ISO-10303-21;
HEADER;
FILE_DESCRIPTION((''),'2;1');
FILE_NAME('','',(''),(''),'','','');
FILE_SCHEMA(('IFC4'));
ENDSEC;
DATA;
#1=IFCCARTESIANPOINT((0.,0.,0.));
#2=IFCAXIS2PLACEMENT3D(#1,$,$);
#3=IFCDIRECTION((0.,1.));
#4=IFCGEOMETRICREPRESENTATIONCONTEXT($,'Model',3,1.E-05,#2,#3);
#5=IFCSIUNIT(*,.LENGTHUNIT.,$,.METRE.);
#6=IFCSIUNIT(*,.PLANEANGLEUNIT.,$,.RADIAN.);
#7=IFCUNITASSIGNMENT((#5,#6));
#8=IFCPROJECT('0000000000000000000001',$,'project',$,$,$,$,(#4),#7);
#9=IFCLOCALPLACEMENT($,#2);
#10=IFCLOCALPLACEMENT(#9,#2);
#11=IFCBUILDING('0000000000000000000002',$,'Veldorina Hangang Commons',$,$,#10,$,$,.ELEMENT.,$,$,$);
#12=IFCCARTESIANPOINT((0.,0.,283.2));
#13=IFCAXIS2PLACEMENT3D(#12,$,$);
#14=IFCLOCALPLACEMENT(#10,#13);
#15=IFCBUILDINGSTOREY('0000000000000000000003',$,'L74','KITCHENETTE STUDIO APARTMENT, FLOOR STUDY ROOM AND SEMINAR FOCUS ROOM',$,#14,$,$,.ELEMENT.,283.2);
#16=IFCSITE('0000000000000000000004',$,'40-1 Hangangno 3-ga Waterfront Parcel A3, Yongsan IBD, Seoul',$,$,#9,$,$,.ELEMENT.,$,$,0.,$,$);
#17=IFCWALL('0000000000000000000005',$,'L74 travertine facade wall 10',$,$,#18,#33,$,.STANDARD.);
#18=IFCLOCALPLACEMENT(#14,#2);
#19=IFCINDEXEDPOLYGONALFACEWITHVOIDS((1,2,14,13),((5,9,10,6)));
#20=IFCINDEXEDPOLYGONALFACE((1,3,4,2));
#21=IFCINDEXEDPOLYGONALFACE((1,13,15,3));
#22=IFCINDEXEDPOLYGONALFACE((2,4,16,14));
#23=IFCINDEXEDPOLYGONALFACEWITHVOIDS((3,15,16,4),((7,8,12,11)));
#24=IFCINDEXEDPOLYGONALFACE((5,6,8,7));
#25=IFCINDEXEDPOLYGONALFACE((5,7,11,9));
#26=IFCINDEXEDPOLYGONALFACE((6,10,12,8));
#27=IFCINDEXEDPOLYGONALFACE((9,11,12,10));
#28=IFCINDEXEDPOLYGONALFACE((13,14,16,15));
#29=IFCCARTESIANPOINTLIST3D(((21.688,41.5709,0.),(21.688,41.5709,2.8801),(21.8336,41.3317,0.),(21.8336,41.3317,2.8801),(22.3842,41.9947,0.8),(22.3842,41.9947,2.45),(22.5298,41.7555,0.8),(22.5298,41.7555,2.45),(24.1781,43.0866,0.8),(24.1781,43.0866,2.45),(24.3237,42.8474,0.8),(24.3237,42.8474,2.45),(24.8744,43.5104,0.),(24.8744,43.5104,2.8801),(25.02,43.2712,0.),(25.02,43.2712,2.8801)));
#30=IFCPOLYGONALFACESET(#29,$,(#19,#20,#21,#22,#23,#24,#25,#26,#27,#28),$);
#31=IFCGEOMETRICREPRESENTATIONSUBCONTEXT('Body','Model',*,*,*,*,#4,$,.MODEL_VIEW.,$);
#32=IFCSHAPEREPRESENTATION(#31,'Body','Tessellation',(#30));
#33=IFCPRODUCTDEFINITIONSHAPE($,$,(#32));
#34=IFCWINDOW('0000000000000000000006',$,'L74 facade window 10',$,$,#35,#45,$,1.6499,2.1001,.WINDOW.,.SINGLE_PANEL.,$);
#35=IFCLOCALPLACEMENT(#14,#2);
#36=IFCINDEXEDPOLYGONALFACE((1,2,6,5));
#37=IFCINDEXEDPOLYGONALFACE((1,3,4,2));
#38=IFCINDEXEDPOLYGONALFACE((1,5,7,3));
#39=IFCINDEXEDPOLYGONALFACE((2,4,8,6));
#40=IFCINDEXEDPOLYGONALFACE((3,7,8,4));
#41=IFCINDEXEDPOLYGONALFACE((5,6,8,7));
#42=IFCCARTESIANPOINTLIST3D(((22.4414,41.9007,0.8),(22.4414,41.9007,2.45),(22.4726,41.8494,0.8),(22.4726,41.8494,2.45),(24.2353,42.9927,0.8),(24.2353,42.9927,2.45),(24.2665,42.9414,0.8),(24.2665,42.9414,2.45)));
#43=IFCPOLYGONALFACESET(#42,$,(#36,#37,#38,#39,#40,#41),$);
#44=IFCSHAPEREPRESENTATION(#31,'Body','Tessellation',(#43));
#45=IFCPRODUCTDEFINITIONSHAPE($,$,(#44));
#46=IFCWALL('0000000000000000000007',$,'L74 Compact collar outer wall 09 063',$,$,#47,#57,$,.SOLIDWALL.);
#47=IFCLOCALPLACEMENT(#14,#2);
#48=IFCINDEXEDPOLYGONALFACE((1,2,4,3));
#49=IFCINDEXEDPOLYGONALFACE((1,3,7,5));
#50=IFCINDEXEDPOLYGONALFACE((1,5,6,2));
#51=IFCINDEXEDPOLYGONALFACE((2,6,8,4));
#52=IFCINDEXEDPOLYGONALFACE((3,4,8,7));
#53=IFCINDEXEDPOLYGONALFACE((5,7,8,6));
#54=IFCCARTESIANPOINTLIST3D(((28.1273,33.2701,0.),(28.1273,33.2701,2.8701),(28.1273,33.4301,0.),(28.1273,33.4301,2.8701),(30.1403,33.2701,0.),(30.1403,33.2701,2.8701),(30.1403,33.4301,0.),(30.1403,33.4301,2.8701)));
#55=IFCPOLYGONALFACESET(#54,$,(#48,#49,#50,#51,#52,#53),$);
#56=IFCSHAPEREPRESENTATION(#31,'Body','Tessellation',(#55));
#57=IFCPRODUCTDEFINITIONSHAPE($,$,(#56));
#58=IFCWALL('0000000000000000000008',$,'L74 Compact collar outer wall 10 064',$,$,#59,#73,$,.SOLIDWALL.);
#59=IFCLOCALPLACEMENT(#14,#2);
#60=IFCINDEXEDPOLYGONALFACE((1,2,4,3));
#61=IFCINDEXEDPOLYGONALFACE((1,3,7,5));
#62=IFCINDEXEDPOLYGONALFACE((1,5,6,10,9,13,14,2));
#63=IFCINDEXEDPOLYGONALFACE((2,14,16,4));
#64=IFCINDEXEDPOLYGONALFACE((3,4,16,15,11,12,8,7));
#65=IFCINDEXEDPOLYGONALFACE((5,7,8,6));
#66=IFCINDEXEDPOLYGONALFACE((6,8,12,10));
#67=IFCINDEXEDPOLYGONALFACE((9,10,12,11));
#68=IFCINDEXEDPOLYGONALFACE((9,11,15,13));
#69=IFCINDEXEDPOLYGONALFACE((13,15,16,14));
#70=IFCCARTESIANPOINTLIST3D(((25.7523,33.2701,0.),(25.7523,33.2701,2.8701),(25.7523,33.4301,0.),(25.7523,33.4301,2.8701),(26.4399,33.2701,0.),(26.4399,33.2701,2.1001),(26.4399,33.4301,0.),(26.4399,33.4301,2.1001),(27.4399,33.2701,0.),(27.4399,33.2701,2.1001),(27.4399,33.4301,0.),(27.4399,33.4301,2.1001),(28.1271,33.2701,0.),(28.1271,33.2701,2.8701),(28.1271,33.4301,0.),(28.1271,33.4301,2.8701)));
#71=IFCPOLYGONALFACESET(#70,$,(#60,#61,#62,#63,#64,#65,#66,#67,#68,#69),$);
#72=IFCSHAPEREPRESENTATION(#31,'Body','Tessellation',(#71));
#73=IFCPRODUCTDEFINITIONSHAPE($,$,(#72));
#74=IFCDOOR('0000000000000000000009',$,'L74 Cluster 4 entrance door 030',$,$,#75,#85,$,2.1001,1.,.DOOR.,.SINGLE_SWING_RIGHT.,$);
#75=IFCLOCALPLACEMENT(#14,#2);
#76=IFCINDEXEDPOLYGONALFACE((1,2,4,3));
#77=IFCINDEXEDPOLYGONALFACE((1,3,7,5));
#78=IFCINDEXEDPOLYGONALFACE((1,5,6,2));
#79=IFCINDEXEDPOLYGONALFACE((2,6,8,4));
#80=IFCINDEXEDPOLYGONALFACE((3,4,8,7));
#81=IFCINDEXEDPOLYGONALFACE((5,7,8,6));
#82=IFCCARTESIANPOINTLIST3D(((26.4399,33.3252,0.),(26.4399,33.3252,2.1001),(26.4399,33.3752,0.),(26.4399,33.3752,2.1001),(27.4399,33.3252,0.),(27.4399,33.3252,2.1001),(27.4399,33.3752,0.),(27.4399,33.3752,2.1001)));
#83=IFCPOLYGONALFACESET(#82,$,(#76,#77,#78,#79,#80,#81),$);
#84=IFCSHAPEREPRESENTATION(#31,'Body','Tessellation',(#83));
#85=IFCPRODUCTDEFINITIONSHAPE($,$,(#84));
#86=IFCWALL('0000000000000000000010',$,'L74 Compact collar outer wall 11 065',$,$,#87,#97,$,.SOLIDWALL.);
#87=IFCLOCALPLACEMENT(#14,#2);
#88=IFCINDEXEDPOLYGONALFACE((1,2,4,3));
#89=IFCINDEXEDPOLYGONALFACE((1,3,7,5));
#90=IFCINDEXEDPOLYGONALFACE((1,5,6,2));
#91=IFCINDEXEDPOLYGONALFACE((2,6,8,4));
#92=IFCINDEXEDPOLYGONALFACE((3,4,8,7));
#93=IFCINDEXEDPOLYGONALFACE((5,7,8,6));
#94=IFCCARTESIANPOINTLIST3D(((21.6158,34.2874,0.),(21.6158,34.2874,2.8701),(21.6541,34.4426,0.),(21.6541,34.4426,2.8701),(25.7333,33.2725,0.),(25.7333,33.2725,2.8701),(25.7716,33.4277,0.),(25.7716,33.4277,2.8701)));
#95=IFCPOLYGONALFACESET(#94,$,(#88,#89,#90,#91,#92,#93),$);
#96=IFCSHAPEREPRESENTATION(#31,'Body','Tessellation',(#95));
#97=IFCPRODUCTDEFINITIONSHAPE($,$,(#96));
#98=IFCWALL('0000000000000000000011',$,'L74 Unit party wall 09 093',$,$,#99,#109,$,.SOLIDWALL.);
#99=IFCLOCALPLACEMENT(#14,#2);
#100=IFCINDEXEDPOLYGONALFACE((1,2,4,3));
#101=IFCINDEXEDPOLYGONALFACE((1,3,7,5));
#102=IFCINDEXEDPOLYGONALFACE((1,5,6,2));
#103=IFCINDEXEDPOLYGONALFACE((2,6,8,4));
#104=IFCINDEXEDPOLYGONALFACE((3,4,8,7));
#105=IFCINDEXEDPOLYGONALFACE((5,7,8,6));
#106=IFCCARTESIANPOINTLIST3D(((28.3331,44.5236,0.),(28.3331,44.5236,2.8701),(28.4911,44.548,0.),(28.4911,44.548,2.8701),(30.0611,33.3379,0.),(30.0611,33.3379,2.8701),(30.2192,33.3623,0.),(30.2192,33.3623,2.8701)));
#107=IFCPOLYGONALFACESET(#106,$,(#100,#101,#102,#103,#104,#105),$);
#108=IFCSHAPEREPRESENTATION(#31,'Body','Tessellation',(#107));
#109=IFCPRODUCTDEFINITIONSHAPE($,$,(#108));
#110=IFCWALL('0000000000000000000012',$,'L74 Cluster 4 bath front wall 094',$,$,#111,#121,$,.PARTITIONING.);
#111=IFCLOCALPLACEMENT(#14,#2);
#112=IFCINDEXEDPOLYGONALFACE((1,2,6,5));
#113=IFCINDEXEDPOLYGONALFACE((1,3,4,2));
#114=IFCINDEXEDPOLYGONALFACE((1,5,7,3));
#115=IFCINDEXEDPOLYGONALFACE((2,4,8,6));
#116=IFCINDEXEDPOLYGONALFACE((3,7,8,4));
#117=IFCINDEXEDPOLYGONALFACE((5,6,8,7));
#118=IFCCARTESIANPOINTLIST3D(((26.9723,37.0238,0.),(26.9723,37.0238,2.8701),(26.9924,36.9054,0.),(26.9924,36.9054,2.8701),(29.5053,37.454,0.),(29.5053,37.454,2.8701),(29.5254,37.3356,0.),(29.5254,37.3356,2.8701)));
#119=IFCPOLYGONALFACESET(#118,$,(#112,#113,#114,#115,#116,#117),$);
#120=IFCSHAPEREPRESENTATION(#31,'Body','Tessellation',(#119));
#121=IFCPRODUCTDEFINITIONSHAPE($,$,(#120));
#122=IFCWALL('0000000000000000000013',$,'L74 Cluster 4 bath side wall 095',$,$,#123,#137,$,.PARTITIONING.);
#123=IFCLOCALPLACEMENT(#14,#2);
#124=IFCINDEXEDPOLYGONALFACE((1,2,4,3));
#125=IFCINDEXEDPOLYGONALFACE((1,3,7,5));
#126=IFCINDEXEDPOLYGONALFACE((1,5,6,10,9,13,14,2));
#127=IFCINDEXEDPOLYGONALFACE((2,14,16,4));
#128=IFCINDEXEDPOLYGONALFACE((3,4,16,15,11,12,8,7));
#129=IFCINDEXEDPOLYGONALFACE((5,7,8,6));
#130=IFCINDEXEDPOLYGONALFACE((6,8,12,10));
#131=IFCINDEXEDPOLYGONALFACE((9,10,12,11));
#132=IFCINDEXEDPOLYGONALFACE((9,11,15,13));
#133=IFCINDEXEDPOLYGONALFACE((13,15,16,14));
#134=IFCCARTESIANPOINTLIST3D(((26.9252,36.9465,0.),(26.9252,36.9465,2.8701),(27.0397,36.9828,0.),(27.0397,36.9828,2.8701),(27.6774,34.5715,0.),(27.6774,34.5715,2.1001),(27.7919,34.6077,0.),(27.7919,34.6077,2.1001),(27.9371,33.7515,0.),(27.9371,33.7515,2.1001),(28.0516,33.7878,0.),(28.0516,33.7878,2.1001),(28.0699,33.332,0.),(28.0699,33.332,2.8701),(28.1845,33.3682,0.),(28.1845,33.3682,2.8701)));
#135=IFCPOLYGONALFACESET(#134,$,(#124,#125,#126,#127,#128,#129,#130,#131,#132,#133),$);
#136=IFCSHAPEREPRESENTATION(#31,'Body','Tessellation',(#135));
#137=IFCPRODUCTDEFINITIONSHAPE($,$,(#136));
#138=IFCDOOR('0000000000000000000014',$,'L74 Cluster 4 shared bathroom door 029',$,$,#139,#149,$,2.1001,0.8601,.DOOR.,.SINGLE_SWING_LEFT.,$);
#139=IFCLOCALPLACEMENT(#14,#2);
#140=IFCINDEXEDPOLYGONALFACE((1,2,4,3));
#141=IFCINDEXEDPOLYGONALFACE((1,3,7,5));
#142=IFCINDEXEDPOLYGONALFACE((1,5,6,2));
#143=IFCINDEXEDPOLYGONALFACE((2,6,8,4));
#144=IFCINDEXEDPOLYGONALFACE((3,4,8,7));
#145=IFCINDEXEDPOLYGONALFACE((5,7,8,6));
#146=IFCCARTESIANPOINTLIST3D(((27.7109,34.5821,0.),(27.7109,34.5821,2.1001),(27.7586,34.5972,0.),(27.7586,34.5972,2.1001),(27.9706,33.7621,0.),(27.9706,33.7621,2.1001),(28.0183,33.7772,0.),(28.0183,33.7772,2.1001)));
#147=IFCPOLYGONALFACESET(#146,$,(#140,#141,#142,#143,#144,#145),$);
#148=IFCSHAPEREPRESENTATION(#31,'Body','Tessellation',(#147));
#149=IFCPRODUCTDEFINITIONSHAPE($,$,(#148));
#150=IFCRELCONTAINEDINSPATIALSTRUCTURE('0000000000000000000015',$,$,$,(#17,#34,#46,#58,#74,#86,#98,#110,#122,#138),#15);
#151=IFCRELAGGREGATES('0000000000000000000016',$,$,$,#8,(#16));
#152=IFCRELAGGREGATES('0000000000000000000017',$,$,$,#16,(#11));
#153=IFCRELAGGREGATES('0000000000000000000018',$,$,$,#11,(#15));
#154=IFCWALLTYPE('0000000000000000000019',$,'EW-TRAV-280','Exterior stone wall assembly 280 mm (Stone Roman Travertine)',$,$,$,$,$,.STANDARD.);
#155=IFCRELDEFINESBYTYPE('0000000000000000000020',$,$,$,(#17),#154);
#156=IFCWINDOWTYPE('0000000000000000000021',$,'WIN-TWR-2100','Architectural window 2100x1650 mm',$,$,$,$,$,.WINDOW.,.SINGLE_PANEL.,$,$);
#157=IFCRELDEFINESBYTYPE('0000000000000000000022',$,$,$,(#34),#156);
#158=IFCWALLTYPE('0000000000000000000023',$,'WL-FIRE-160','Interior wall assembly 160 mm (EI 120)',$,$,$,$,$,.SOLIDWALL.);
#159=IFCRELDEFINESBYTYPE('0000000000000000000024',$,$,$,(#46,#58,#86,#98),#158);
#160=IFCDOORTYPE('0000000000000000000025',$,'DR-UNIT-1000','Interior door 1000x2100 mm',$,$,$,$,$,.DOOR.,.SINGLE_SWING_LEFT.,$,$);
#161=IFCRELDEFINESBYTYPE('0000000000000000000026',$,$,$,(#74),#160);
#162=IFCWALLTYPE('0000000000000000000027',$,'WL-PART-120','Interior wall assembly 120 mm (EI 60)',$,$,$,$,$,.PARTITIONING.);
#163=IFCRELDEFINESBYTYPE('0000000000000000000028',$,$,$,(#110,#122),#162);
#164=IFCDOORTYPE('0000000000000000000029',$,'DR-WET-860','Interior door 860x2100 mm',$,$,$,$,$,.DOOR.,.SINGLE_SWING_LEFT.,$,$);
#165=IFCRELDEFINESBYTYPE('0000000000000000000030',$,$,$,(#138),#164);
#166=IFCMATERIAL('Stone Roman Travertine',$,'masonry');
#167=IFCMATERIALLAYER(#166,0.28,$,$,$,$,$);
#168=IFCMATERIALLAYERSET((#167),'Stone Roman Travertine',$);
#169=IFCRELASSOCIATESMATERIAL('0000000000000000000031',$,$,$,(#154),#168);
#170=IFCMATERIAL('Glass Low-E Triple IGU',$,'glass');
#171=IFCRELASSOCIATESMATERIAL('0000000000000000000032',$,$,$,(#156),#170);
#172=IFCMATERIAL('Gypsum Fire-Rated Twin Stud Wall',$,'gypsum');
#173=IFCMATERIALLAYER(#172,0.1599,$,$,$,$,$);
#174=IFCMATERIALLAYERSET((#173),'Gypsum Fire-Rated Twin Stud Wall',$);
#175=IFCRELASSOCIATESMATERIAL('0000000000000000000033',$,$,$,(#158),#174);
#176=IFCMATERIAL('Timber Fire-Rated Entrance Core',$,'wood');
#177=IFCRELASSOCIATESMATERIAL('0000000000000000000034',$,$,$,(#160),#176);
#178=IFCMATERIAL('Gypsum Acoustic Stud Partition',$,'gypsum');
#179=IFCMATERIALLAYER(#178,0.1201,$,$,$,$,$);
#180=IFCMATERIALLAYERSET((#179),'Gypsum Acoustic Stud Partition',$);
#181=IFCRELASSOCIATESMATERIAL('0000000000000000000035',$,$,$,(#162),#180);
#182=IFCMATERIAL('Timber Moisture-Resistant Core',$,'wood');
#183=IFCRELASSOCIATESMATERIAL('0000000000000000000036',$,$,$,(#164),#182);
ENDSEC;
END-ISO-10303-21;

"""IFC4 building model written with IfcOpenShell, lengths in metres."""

from ifc_helpers import new_model, si_unit, direction, frame, frame_2d, origin, place, context, subcontext, project, spatial, rectangle, extrude, material, layer, layer_set, type_object, element, fill, save


model = new_model("IFC4")

# Units and contexts
model_context = context("Model", 3, precision=1e-05, world=origin(), true_north=direction((0.0, 1.0)))
body_context = subcontext(model_context, "Body", "Model", "MODEL_VIEW")
ifc_project = project(units=[si_unit("LENGTHUNIT", "METRE"), si_unit("PLANEANGLEUNIT", "RADIAN")], contexts=[model_context])

# Site, building, storey
site_placement = place(None, origin())
site = spatial("IfcSite", under=ifc_project, at=site_placement, Name="40-1 Hangangno 3-ga Waterfront Parcel A3, Yongsan IBD, Seoul", CompositionType="ELEMENT", RefElevation=0.0)
building_placement = place(site_placement, origin())
building = spatial("IfcBuilding", under=site, at=building_placement, Name="Veldorina Hangang Commons", CompositionType="ELEMENT")
storey_placement = place(building_placement, frame((0.0, 0.0, 283.2)))
storey = spatial("IfcBuildingStorey", under=building, at=storey_placement, Name="L74", Description="KITCHENETTE STUDIO APARTMENT, FLOOR STUDY ROOM AND SEMINAR FOCUS ROOM", CompositionType="ELEMENT", Elevation=283.2)

# Shared definitions
ifc_material_1 = material(Name="Stone Roman Travertine", Category="masonry")
ifc_layer_1 = layer(ifc_material_1, 0.28)
ifc_layer_set_1 = layer_set([ifc_layer_1], Name="Stone Roman Travertine")
wall_type_1 = type_object("IfcWallType", Name="EW-TRAV-280", Description="Exterior stone wall assembly 280 mm (Stone Roman Travertine)", PredefinedType="STANDARD", material=ifc_layer_set_1)

# Wall, opening, window
wall_1_placement = place(storey_placement, frame((24.9473, 43.3909, 0.0), z_axis=(0.0, 0.0, 1.0), x_axis=(-0.854201, -0.519943, 0.0)))
wall_1 = element("IfcWall", 1, at=wall_1_placement, inside=storey, type_object=wall_type_1, Name="L74 travertine facade wall 10", PredefinedType="STANDARD", context=body_context, shape_type="SweptSolid", body=[
    extrude(rectangle(XDim=3.7302, YDim=0.28, at=frame_2d((1.8652, 0.0))), origin(), (0.0, 0.0, 1.0), 2.8801),
])
opening_1_placement = place(wall_1_placement, frame((0.8152, 0.0, 0.8)))
opening_1 = element("IfcOpeningElement", 2, at=opening_1_placement, cuts=wall_1, PredefinedType="OPENING", context=body_context, shape_type="SweptSolid", body=[
    extrude(rectangle(XDim=2.1001, YDim=1.6499, at=frame_2d((1.05, 0.825))), frame((0.0, 0.1499, 0.0), z_axis=(0.0, -1.0, 0.0), x_axis=(1.0, 0.0, 0.0)), (0.0, 0.0, 1.0), 0.3),
])
ifc_material_2 = material(Name="Glass Low-E Triple IGU", Category="glass")
window_type = type_object("IfcWindowType", Name="WIN-TWR-2100", Description="Architectural window 2100x1650 mm", PartitioningType="SINGLE_PANEL", PredefinedType="WINDOW", material=ifc_material_2)
window_placement = place(opening_1_placement, origin())
window = element("IfcWindow", 3, at=window_placement, inside=storey, type_object=window_type, Name="L74 facade window 10", OverallHeight=1.6499, OverallWidth=2.1001, PartitioningType="SINGLE_PANEL", PredefinedType="WINDOW", context=body_context, shape_type="SweptSolid", body=[
    extrude(rectangle(XDim=2.1001, YDim=1.6499, at=frame_2d((1.05, 0.825))), frame((0.0, 0.03, 0.0), z_axis=(0.0, -1.0, 0.0), x_axis=(1.0, 0.0, 0.0)), (0.0, 0.0, 1.0), 0.0601),
])
fill(opening_1, window)

# Wall
ifc_material_3 = material(Name="Gypsum Fire-Rated Twin Stud Wall", Category="gypsum")
ifc_layer_2 = layer(ifc_material_3, 0.1599)
ifc_layer_set_2 = layer_set([ifc_layer_2], Name="Gypsum Fire-Rated Twin Stud Wall")
wall_type_2 = type_object("IfcWallType", Name="WL-FIRE-160", Description="Interior wall assembly 160 mm (EI 120)", PredefinedType="SOLIDWALL", material=ifc_layer_set_2)
wall_2_placement = place(storey_placement, frame((30.1401, 33.3501, 0.0), z_axis=(0.0, 0.0, 1.0), x_axis=(-1.0, 0.0, 0.0)))
element("IfcWall", 4, at=wall_2_placement, inside=storey, type_object=wall_type_2, Name="L74 Compact collar outer wall 09 063", PredefinedType="SOLIDWALL", context=body_context, shape_type="SweptSolid", body=[
    extrude(rectangle(XDim=2.0129, YDim=0.1599, at=frame_2d((1.0063, 0.0))), origin(), (0.0, 0.0, 1.0), 2.8701),
])

# Wall, opening, door
wall_3_placement = place(storey_placement, frame((28.1272, 33.3501, 0.0), z_axis=(0.0, 0.0, 1.0), x_axis=(-1.0, 0.0, 0.0)))
wall_3 = element("IfcWall", 5, at=wall_3_placement, inside=storey, type_object=wall_type_2, Name="L74 Compact collar outer wall 10 064", PredefinedType="SOLIDWALL", context=body_context, shape_type="SweptSolid", body=[
    extrude(rectangle(XDim=2.3748, YDim=0.1599, at=frame_2d((1.1875, 0.0))), origin(), (0.0, 0.0, 1.0), 2.8701),
])
opening_2_placement = place(wall_3_placement, frame((0.6873, 0.0, 0.0)))
opening_2 = element("IfcOpeningElement", 6, at=opening_2_placement, cuts=wall_3, PredefinedType="OPENING", context=body_context, shape_type="SweptSolid", body=[
    extrude(rectangle(XDim=1.0, YDim=2.1001, at=frame_2d((0.5, 1.05))), frame((0.0, 0.0898, 0.0), z_axis=(0.0, -1.0, 0.0), x_axis=(1.0, 0.0, 0.0)), (0.0, 0.0, 1.0), 0.1799),
])
ifc_material_4 = material(Name="Timber Fire-Rated Entrance Core", Category="wood")
door_type_1 = type_object("IfcDoorType", Name="DR-UNIT-1000", Description="Interior door 1000x2100 mm", OperationType="SINGLE_SWING_LEFT", PredefinedType="DOOR", material=ifc_material_4)
door_1_placement = place(opening_2_placement, origin())
door_1 = element("IfcDoor", 7, at=door_1_placement, inside=storey, type_object=door_type_1, Name="L74 Cluster 4 entrance door 030", OperationType="SINGLE_SWING_RIGHT", OverallHeight=2.1001, OverallWidth=1.0, PredefinedType="DOOR", context=body_context, shape_type="SweptSolid", body=[
    extrude(rectangle(XDim=1.0, YDim=2.1001, at=frame_2d((0.5, 1.05))), frame((0.0, 0.0249, 0.0), z_axis=(0.0, -1.0, 0.0), x_axis=(1.0, 0.0, 0.0)), (0.0, 0.0, 1.0), 0.05),
])
fill(opening_2, door_1)

# Walls
wall_4_placement = place(storey_placement, frame((25.7524, 33.3501, 0.0), z_axis=(0.0, 0.0, 1.0), x_axis=(-0.97094, 0.239324, 0.0)))
element("IfcWall", 8, at=wall_4_placement, inside=storey, type_object=wall_type_2, Name="L74 Compact collar outer wall 11 065", PredefinedType="SOLIDWALL", context=body_context, shape_type="SweptSolid", body=[
    extrude(rectangle(XDim=4.2407, YDim=0.1599, at=frame_2d((2.1204, 0.0))), origin(), (0.0, 0.0, 1.0), 2.8701),
])
wall_5_placement = place(storey_placement, frame((30.1401, 33.3501, 0.0), z_axis=(0.0, 0.0, 1.0), x_axis=(-0.152673, 0.988277, 0.0)))
element("IfcWall", 9, at=wall_5_placement, inside=storey, type_object=wall_type_2, Name="L74 Unit party wall 09 093", PredefinedType="SOLIDWALL", context=body_context, shape_type="SweptSolid", body=[
    extrude(rectangle(XDim=11.3184, YDim=0.1599, at=frame_2d((5.6592, 0.0))), origin(), (0.0, 0.0, 1.0), 2.8701),
])
ifc_material_5 = material(Name="Gypsum Acoustic Stud Partition", Category="gypsum")
ifc_layer_3 = layer(ifc_material_5, 0.1201)
ifc_layer_set_3 = layer_set([ifc_layer_3], Name="Gypsum Acoustic Stud Partition")
wall_type_3 = type_object("IfcWallType", Name="WL-PART-120", Description="Interior wall assembly 120 mm (EI 60)", PredefinedType="PARTITIONING", material=ifc_layer_set_3)
wall_6_placement = place(storey_placement, frame((29.5154, 37.3948, 0.0), z_axis=(0.0, 0.0, 1.0), x_axis=(-0.985883, -0.167434, 0.0)))
element("IfcWall", 10, at=wall_6_placement, inside=storey, type_object=wall_type_3, Name="L74 Cluster 4 bath front wall 094", PredefinedType="PARTITIONING", context=body_context, shape_type="SweptSolid", body=[
    extrude(rectangle(XDim=2.5693, YDim=0.1201, at=frame_2d((1.2847, 0.0))), origin(), (0.0, 0.0, 1.0), 2.8701),
])

# Wall, opening, door
wall_7_placement = place(storey_placement, frame((28.1272, 33.3501, 0.0), z_axis=(0.0, 0.0, 1.0), x_axis=(-0.301936, 0.953328, 0.0)))
wall_7 = element("IfcWall", 11, at=wall_7_placement, inside=storey, type_object=wall_type_3, Name="L74 Cluster 4 bath side wall 095", PredefinedType="PARTITIONING", context=body_context, shape_type="SweptSolid", body=[
    extrude(rectangle(XDim=3.7915, YDim=0.1201, at=frame_2d((1.8958, 0.0))), origin(), (0.0, 0.0, 1.0), 2.8701),
])
opening_3_placement = place(wall_7_placement, frame((0.4399, 0.0, 0.0)))
opening_3 = element("IfcOpeningElement", 12, at=opening_3_placement, cuts=wall_7, PredefinedType="OPENING", context=body_context, shape_type="SweptSolid", body=[
    extrude(rectangle(XDim=0.8601, YDim=2.1001, at=frame_2d((0.4302, 1.05))), frame((0.0, 0.0701, 0.0), z_axis=(0.0, -1.0, 0.0), x_axis=(1.0, 0.0, 0.0)), (0.0, 0.0, 1.0), 0.1401),
])
ifc_material_6 = material(Name="Timber Moisture-Resistant Core", Category="wood")
door_type_2 = type_object("IfcDoorType", Name="DR-WET-860", Description="Interior door 860x2100 mm", OperationType="SINGLE_SWING_LEFT", PredefinedType="DOOR", material=ifc_material_6)
door_2_placement = place(opening_3_placement, origin())
door_2 = element("IfcDoor", 13, at=door_2_placement, inside=storey, type_object=door_type_2, Name="L74 Cluster 4 shared bathroom door 029", OperationType="SINGLE_SWING_LEFT", OverallHeight=2.1001, OverallWidth=0.8601, PredefinedType="DOOR", context=body_context, shape_type="SweptSolid", body=[
    extrude(rectangle(XDim=0.8601, YDim=2.1001, at=frame_2d((0.4302, 1.05))), frame((0.0, 0.0249, 0.0), z_axis=(0.0, -1.0, 0.0), x_axis=(1.0, 0.0, 0.0)), (0.0, 0.0, 1.0), 0.05),
])
fill(opening_3, door_2)

save(model, "model.ifc")
